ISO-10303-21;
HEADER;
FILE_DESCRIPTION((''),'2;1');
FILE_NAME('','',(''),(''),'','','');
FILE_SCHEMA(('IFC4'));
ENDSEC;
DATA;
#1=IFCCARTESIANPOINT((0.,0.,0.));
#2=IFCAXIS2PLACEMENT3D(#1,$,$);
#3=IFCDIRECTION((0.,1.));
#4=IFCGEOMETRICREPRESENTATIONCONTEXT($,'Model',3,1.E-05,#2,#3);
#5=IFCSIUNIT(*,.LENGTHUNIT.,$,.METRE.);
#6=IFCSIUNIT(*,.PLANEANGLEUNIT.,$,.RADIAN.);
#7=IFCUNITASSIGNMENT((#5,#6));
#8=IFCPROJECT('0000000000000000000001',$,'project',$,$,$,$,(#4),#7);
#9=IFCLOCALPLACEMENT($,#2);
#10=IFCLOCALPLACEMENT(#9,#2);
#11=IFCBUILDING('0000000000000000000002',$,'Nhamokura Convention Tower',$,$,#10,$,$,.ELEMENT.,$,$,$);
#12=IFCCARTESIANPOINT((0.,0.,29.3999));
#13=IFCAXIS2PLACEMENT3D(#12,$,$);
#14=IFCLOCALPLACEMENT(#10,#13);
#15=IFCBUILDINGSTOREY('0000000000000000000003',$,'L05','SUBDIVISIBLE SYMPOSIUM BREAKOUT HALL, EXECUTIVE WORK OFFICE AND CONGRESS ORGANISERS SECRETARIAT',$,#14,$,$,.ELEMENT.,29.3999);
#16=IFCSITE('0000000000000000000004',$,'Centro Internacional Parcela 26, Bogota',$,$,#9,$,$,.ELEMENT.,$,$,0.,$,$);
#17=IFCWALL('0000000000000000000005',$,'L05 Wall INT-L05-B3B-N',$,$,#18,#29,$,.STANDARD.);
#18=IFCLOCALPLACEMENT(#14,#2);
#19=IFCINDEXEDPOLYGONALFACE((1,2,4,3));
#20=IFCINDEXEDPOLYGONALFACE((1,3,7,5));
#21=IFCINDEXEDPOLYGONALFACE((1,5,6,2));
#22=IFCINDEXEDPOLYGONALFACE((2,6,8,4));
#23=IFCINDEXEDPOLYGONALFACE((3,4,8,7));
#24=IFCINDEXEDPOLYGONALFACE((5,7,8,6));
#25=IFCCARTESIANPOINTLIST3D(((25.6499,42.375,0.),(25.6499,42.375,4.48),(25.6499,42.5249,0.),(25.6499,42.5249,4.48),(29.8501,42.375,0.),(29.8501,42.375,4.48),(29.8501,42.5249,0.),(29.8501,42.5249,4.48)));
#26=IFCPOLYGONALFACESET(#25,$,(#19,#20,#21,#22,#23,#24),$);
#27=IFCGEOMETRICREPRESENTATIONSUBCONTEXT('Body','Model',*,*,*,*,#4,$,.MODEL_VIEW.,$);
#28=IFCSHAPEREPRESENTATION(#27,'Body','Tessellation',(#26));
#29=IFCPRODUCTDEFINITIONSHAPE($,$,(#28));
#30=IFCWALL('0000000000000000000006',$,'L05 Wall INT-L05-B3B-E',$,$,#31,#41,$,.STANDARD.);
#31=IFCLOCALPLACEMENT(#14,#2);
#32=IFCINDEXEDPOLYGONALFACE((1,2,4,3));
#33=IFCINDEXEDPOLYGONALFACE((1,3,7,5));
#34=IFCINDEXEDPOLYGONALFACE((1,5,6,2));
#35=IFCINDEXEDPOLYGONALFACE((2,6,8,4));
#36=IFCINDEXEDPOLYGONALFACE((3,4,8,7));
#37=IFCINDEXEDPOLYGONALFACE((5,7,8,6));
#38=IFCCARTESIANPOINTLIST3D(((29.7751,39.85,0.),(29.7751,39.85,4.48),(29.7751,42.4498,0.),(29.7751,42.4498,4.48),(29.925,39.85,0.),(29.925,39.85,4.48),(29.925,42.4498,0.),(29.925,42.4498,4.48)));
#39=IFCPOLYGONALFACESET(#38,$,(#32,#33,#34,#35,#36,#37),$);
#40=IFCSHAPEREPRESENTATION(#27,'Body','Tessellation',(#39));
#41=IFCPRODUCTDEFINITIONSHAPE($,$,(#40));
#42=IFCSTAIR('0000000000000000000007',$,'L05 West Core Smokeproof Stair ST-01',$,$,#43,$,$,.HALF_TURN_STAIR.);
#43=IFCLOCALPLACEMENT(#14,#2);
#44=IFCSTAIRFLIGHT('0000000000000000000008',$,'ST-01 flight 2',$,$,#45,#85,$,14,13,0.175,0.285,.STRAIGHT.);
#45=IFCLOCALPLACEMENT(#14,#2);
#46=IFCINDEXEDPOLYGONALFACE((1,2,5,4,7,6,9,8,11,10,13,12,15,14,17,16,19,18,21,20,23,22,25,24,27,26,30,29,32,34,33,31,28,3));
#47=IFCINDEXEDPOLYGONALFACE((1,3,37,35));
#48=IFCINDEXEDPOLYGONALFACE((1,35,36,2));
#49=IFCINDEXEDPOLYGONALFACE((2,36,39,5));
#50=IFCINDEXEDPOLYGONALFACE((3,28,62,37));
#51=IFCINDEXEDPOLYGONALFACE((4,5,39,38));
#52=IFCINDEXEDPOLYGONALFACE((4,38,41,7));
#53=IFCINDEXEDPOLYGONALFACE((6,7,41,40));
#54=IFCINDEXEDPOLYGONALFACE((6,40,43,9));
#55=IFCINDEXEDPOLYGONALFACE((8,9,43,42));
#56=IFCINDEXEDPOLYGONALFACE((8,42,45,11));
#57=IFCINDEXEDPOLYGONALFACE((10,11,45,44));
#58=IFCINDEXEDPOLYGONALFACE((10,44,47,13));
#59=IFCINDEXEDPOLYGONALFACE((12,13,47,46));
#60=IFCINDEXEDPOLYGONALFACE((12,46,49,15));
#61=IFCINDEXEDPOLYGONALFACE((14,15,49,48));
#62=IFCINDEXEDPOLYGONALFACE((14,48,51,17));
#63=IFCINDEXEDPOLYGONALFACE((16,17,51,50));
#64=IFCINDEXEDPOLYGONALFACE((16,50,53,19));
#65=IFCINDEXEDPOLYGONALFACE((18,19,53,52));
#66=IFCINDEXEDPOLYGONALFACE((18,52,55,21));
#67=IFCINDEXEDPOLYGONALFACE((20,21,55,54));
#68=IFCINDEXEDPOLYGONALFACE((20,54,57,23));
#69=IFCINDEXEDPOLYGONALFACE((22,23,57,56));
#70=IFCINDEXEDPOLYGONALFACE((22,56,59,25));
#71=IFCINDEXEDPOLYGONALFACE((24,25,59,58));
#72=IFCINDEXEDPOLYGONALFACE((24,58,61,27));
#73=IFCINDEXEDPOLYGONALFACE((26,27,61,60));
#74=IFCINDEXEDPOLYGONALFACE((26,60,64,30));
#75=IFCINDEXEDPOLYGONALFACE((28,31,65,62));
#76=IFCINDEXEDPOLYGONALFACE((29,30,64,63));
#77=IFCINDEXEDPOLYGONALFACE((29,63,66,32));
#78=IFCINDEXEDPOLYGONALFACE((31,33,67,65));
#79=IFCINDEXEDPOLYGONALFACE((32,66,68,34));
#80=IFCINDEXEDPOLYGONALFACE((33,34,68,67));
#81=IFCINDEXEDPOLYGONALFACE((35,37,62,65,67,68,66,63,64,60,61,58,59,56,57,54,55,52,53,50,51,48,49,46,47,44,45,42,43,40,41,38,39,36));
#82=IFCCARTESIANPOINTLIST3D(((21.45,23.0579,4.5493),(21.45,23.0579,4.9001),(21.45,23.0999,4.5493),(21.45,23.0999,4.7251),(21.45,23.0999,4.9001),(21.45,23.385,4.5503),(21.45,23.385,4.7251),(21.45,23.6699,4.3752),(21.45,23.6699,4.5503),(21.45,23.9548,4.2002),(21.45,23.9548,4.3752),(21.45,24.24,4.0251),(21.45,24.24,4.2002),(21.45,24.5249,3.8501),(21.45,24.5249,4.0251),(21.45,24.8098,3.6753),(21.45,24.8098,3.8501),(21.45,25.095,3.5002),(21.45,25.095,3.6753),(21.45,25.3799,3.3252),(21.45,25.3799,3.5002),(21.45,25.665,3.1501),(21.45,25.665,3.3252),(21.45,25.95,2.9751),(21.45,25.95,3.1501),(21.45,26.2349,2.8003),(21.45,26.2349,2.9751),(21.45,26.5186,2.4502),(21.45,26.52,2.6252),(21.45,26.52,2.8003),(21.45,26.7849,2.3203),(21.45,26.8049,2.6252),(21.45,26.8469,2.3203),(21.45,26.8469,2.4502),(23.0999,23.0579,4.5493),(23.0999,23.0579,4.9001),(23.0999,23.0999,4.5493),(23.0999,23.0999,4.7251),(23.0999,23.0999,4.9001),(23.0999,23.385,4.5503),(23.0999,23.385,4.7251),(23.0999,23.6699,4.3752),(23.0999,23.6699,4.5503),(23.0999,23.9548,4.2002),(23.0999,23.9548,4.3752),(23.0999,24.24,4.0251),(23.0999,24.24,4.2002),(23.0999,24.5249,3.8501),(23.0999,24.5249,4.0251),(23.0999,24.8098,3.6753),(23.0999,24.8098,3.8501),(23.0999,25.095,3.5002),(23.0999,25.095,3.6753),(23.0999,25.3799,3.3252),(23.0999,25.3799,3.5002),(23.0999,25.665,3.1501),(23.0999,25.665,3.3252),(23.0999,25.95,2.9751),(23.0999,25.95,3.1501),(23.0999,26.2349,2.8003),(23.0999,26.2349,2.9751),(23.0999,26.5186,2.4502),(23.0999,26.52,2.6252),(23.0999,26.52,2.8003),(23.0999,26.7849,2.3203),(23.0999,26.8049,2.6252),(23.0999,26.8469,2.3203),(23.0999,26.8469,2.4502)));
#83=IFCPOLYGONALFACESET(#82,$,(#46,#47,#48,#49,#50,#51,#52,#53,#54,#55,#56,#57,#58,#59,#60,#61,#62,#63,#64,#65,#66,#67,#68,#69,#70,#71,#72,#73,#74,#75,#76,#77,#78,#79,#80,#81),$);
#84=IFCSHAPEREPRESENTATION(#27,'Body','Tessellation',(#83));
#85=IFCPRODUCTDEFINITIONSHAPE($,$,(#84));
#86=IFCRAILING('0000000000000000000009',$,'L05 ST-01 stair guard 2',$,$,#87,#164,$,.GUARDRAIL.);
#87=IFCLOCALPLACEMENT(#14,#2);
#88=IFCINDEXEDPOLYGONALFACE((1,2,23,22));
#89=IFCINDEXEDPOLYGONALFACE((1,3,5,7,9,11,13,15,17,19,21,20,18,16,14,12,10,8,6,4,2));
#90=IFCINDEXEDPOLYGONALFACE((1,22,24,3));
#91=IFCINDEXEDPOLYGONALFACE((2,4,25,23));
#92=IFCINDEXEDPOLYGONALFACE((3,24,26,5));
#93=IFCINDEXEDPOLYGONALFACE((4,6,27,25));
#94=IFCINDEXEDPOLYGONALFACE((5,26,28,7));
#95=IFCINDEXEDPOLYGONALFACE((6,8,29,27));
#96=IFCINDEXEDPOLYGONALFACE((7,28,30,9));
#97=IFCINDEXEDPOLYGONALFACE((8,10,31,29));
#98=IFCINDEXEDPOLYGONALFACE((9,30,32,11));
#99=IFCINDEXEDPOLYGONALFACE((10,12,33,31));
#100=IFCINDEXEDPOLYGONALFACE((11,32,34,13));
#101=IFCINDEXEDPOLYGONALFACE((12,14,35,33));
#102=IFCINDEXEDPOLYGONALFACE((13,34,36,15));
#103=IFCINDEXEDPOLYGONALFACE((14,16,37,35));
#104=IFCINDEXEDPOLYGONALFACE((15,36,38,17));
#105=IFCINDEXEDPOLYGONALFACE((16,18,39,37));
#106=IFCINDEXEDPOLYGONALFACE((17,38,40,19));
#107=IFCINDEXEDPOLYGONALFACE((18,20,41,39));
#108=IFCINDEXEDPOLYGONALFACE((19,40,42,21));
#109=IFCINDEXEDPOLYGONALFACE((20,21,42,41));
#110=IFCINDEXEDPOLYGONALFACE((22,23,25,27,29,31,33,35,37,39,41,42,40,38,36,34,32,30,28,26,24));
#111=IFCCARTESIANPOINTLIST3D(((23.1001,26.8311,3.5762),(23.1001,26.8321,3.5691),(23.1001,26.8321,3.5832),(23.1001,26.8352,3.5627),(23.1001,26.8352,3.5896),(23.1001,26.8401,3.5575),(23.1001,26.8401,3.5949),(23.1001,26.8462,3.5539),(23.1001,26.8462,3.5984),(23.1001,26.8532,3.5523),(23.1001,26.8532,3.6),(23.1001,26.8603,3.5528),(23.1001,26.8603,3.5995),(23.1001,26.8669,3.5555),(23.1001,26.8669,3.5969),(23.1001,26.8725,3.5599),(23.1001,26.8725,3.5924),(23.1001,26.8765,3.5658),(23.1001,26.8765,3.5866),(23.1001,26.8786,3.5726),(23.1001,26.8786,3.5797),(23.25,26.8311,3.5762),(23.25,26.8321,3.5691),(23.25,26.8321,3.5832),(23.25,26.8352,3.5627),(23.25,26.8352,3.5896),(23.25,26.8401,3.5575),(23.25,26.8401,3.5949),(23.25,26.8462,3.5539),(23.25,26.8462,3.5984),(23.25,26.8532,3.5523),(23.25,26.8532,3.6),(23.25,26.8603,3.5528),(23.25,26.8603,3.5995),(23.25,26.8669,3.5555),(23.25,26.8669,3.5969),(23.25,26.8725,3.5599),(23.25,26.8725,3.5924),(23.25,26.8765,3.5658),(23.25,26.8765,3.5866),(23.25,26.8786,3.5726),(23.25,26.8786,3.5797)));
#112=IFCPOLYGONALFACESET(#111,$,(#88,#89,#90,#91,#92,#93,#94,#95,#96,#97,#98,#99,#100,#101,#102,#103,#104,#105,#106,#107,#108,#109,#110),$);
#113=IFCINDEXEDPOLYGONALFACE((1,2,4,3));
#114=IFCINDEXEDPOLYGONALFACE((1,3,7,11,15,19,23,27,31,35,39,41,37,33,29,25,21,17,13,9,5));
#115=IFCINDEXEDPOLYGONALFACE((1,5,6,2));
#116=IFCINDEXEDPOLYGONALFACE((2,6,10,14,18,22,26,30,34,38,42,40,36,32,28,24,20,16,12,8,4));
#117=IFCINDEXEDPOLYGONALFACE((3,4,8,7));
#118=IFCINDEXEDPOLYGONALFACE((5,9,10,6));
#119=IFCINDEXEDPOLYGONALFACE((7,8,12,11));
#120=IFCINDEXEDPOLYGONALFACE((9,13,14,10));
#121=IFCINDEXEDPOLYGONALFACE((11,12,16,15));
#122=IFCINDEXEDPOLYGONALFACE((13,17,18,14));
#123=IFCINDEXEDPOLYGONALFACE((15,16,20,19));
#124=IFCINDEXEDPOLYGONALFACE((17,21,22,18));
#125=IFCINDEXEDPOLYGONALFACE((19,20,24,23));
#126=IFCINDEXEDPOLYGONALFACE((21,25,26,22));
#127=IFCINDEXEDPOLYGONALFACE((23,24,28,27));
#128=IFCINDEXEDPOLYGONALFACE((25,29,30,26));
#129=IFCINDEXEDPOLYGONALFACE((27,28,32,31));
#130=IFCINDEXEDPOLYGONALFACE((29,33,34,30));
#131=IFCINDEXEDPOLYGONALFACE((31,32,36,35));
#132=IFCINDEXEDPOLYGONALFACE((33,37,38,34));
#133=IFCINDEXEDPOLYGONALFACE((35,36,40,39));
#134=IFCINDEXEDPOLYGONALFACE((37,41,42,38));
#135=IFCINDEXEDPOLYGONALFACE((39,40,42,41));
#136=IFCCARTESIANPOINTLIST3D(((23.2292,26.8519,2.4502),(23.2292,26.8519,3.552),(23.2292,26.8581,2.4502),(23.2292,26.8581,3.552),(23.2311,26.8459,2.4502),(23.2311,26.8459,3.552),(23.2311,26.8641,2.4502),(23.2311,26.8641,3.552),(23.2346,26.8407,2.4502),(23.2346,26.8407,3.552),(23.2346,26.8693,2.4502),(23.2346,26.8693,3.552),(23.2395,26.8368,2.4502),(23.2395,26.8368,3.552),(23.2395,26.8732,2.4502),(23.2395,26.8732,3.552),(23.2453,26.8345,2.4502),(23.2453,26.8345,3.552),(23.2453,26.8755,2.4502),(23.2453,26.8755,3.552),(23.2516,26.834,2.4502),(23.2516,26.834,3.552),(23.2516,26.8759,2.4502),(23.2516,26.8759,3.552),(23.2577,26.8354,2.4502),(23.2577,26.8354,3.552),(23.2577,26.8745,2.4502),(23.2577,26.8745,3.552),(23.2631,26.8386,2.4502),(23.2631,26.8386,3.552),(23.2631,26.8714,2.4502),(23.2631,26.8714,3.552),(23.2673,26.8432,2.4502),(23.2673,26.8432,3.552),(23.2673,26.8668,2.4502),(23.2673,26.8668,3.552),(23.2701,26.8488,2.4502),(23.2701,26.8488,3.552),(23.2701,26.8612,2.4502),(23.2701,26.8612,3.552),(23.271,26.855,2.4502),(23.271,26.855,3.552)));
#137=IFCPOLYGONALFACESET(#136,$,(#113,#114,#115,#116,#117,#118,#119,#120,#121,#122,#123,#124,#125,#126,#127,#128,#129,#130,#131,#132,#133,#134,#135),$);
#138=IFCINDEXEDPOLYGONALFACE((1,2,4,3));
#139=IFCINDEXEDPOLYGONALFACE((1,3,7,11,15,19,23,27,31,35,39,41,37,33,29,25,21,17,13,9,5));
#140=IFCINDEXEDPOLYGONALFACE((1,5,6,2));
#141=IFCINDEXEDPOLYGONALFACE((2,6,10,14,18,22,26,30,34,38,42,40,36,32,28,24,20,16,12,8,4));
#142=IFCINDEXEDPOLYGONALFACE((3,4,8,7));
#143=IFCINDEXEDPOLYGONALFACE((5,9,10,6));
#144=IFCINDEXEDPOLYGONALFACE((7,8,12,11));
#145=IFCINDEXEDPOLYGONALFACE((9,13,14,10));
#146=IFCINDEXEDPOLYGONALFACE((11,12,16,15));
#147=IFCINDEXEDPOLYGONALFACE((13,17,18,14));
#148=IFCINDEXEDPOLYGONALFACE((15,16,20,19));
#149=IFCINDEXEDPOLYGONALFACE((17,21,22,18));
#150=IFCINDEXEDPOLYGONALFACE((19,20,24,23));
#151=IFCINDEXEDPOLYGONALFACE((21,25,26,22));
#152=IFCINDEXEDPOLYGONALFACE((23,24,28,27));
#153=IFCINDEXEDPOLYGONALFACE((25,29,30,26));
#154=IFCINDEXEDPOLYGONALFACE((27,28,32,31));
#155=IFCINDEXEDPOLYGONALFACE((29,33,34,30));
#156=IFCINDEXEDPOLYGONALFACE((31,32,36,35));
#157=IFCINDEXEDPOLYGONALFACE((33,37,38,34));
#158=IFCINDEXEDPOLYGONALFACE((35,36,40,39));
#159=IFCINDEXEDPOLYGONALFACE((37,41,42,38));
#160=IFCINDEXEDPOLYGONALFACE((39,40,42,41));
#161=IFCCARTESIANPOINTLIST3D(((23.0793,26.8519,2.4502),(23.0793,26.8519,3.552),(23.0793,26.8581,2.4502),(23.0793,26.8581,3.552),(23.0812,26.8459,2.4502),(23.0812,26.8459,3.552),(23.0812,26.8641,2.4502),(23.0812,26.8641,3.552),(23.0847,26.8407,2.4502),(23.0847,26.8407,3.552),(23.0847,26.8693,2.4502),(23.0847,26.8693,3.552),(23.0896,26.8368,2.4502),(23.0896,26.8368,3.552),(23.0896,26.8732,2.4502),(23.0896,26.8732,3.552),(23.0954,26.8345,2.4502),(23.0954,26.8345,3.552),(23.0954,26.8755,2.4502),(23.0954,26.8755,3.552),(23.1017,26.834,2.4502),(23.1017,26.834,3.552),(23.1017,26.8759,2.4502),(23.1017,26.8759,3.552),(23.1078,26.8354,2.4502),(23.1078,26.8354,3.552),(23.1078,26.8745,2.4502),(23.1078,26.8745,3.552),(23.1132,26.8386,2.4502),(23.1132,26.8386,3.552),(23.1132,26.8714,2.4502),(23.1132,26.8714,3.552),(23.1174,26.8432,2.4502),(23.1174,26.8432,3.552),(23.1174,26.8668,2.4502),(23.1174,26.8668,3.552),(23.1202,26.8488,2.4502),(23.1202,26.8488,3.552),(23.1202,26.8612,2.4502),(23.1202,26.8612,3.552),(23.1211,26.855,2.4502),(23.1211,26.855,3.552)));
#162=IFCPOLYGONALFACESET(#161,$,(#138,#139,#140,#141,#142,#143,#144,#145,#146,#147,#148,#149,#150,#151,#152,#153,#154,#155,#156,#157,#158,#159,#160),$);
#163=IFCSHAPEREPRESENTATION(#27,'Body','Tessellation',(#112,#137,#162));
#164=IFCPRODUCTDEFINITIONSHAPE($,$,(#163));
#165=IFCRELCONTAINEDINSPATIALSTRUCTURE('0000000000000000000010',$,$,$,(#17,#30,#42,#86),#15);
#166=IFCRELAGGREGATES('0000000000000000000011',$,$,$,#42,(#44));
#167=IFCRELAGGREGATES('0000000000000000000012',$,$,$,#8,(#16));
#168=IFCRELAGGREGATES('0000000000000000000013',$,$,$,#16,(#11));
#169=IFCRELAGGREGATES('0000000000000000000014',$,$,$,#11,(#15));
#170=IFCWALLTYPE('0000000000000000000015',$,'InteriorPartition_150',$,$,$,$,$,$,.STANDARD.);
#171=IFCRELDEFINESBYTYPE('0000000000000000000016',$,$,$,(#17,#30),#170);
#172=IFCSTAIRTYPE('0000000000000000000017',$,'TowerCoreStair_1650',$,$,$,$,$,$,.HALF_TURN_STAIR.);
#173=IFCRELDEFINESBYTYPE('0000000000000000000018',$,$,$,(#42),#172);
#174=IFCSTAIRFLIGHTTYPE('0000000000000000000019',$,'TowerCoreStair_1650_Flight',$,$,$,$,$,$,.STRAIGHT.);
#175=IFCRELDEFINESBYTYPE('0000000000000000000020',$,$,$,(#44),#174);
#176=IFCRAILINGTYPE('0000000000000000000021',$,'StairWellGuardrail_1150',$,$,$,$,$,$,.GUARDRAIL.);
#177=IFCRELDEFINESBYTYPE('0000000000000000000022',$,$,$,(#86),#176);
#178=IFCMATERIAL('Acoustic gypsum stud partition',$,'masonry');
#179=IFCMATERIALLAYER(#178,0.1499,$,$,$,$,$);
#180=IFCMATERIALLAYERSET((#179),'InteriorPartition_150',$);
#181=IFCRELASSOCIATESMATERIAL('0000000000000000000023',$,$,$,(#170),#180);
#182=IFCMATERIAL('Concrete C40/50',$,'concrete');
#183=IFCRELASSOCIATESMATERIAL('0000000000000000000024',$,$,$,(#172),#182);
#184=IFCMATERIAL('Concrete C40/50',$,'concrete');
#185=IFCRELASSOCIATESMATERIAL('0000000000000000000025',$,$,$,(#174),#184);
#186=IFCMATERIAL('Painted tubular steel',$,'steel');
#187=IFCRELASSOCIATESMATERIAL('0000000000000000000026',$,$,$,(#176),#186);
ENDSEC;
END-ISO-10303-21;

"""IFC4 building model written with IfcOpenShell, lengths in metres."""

from ifc_helpers import new_model, si_unit, direction, frame, frame_2d, origin, origin_2d, place, context, subcontext, project, spatial, polyline, rectangle, circle, outline, extrude, material, layer, layer_set, type_object, element, aggregate, save


model = new_model("IFC4")

# Units and contexts
model_context = context("Model", 3, precision=1e-05, world=origin(), true_north=direction((0.0, 1.0)))
body_context = subcontext(model_context, "Body", "Model", "MODEL_VIEW")
ifc_project = project(units=[si_unit("LENGTHUNIT", "METRE"), si_unit("PLANEANGLEUNIT", "RADIAN")], contexts=[model_context])

# Site, building, storey
site_placement = place(None, origin())
site = spatial("IfcSite", under=ifc_project, at=site_placement, Name="Centro Internacional Parcela 26, Bogota", CompositionType="ELEMENT", RefElevation=0.0)
building_placement = place(site_placement, origin())
building = spatial("IfcBuilding", under=site, at=building_placement, Name="Nhamokura Convention Tower", CompositionType="ELEMENT")
storey_placement = place(building_placement, frame((0.0, 0.0, 29.3999)))
storey = spatial("IfcBuildingStorey", under=building, at=storey_placement, Name="L05", Description="SUBDIVISIBLE SYMPOSIUM BREAKOUT HALL, EXECUTIVE WORK OFFICE AND CONGRESS ORGANISERS SECRETARIAT", CompositionType="ELEMENT", Elevation=29.3999)

# Walls
ifc_material_1 = material(Name="Acoustic gypsum stud partition", Category="masonry")
ifc_layer_1 = layer(ifc_material_1, 0.1499)
ifc_layer_set_1 = layer_set([ifc_layer_1], Name="InteriorPartition_150")
wall_type_1 = type_object("IfcWallType", Name="InteriorPartition_150", PredefinedType="STANDARD", material=ifc_layer_set_1)
wall_1_placement = place(storey_placement, frame((25.6499, 42.45, 0.0), z_axis=(0.0, 0.0, 1.0), x_axis=(1.0, 0.0, 0.0)))
element("IfcWall", 1, at=wall_1_placement, inside=storey, type_object=wall_type_1, Name="L05 Wall INT-L05-B3B-N", PredefinedType="STANDARD", context=body_context, shape_type="SweptSolid", body=[
    extrude(rectangle(XDim=4.2002, YDim=0.1499, at=frame_2d((2.1001, 0.0))), origin(), (0.0, 0.0, 1.0), 4.48),
])
wall_2_placement = place(storey_placement, frame((29.8501, 39.8501, 0.0), z_axis=(0.0, 0.0, 1.0), x_axis=(0.0, 1.0, 0.0)))
element("IfcWall", 2, at=wall_2_placement, inside=storey, type_object=wall_type_1, Name="L05 Wall INT-L05-B3B-E", PredefinedType="STANDARD", context=body_context, shape_type="SweptSolid", body=[
    extrude(rectangle(XDim=2.5999, YDim=0.1499, at=frame_2d((1.2998, 0.0))), origin(), (0.0, 0.0, 1.0), 4.48),
])

# Stair, stair flight
ifc_material_2 = material(Name="Concrete C40/50", Category="concrete")
stair_type = type_object("IfcStairType", Name="TowerCoreStair_1650", PredefinedType="HALF_TURN_STAIR", material=ifc_material_2)
stair_placement = place(storey_placement, origin())
stair = element("IfcStair", 3, at=stair_placement, inside=storey, type_object=stair_type, Name="L05 West Core Smokeproof Stair ST-01", PredefinedType="HALF_TURN_STAIR")
ifc_material_3 = material(Name="Concrete C40/50", Category="concrete")
stair_flight_type = type_object("IfcStairFlightType", Name="TowerCoreStair_1650_Flight", PredefinedType="STRAIGHT", material=ifc_material_3)
stair_flight_placement = place(storey_placement, frame((22.2749, 26.8049, 2.4502), z_axis=(0.0, 0.0, 1.0), x_axis=(0.0, -1.0, 0.0)))
stair_flight = element("IfcStairFlight", 4, at=stair_flight_placement, type_object=stair_flight_type, Name="ST-01 flight 2", NumberOfRisers=14, NumberOfTreads=13, PredefinedType="STRAIGHT", RiserHeight=0.175, TreadLength=0.285, context=body_context, shape_type="SweptSolid", body=[
    extrude(outline(polyline([(-0.042, 0.0), (0.0, 0.175), (0.2849, 0.175), (0.2849, 0.3501), (0.5701, 0.3501), (0.5701, 0.5249), (0.855, 0.5249), (0.855, 0.7), (1.1399, 0.7), (1.1399, 0.875), (1.425, 0.875), (1.425, 1.05), (1.71, 1.05), (1.71, 1.2251), (1.9951, 1.2251), (1.9951, 1.3999), (2.28, 1.3999), (2.28, 1.575), (2.5649, 1.575), (2.5649, 1.75), (2.8501, 1.75), (2.8501, 1.925), (3.135, 1.925), (3.135, 2.1001), (3.4199, 2.1001), (3.4199, 2.2749), (3.7051, 2.2749), (3.7051, 2.45), (3.7471, 2.45), (3.7471, 2.0991), (3.7051, 2.0991), (0.2864, 0.0), (0.02, -0.1299), (-0.042, -0.1299), (-0.042, 0.0)])), frame((0.0, 0.825, 0.0), z_axis=(0.0, -1.0, 0.0), x_axis=(1.0, 0.0, 0.0)), (0.0, 0.0, 1.0), 1.6499),
])
aggregate(stair, [stair_flight])

# Railing
ifc_material_4 = material(Name="Painted tubular steel", Category="steel")
railing_type = type_object("IfcRailingType", Name="StairWellGuardrail_1150", PredefinedType="GUARDRAIL", material=ifc_material_4)
railing_1_placement = place(storey_placement, frame((23.25, 26.855, 2.4502)))
element("IfcRailing", 5, at=railing_1_placement, inside=storey, type_object=railing_type, Name="L05 ST-01 stair guard 2", PredefinedType="GUARDRAIL", context=body_context, shape_type="SweptSolid", body=[
    extrude(circle(Radius=0.0239, at=origin_2d()), frame((0.0, 0.0, 1.126), z_axis=(-1.0, 0.0, 0.0), x_axis=(0.0, -1.0, 0.0)), (0.0, 0.0, 1.0), 0.1499),
    extrude(circle(Radius=0.021, at=origin_2d()), origin(), (0.0, 0.0, 1.0), 1.1018),
    extrude(circle(Radius=0.021, at=origin_2d()), frame((-0.1499, 0.0, 0.0)), (0.0, 0.0, 1.0), 1.1018),
])

save(model, "model.ifc")
